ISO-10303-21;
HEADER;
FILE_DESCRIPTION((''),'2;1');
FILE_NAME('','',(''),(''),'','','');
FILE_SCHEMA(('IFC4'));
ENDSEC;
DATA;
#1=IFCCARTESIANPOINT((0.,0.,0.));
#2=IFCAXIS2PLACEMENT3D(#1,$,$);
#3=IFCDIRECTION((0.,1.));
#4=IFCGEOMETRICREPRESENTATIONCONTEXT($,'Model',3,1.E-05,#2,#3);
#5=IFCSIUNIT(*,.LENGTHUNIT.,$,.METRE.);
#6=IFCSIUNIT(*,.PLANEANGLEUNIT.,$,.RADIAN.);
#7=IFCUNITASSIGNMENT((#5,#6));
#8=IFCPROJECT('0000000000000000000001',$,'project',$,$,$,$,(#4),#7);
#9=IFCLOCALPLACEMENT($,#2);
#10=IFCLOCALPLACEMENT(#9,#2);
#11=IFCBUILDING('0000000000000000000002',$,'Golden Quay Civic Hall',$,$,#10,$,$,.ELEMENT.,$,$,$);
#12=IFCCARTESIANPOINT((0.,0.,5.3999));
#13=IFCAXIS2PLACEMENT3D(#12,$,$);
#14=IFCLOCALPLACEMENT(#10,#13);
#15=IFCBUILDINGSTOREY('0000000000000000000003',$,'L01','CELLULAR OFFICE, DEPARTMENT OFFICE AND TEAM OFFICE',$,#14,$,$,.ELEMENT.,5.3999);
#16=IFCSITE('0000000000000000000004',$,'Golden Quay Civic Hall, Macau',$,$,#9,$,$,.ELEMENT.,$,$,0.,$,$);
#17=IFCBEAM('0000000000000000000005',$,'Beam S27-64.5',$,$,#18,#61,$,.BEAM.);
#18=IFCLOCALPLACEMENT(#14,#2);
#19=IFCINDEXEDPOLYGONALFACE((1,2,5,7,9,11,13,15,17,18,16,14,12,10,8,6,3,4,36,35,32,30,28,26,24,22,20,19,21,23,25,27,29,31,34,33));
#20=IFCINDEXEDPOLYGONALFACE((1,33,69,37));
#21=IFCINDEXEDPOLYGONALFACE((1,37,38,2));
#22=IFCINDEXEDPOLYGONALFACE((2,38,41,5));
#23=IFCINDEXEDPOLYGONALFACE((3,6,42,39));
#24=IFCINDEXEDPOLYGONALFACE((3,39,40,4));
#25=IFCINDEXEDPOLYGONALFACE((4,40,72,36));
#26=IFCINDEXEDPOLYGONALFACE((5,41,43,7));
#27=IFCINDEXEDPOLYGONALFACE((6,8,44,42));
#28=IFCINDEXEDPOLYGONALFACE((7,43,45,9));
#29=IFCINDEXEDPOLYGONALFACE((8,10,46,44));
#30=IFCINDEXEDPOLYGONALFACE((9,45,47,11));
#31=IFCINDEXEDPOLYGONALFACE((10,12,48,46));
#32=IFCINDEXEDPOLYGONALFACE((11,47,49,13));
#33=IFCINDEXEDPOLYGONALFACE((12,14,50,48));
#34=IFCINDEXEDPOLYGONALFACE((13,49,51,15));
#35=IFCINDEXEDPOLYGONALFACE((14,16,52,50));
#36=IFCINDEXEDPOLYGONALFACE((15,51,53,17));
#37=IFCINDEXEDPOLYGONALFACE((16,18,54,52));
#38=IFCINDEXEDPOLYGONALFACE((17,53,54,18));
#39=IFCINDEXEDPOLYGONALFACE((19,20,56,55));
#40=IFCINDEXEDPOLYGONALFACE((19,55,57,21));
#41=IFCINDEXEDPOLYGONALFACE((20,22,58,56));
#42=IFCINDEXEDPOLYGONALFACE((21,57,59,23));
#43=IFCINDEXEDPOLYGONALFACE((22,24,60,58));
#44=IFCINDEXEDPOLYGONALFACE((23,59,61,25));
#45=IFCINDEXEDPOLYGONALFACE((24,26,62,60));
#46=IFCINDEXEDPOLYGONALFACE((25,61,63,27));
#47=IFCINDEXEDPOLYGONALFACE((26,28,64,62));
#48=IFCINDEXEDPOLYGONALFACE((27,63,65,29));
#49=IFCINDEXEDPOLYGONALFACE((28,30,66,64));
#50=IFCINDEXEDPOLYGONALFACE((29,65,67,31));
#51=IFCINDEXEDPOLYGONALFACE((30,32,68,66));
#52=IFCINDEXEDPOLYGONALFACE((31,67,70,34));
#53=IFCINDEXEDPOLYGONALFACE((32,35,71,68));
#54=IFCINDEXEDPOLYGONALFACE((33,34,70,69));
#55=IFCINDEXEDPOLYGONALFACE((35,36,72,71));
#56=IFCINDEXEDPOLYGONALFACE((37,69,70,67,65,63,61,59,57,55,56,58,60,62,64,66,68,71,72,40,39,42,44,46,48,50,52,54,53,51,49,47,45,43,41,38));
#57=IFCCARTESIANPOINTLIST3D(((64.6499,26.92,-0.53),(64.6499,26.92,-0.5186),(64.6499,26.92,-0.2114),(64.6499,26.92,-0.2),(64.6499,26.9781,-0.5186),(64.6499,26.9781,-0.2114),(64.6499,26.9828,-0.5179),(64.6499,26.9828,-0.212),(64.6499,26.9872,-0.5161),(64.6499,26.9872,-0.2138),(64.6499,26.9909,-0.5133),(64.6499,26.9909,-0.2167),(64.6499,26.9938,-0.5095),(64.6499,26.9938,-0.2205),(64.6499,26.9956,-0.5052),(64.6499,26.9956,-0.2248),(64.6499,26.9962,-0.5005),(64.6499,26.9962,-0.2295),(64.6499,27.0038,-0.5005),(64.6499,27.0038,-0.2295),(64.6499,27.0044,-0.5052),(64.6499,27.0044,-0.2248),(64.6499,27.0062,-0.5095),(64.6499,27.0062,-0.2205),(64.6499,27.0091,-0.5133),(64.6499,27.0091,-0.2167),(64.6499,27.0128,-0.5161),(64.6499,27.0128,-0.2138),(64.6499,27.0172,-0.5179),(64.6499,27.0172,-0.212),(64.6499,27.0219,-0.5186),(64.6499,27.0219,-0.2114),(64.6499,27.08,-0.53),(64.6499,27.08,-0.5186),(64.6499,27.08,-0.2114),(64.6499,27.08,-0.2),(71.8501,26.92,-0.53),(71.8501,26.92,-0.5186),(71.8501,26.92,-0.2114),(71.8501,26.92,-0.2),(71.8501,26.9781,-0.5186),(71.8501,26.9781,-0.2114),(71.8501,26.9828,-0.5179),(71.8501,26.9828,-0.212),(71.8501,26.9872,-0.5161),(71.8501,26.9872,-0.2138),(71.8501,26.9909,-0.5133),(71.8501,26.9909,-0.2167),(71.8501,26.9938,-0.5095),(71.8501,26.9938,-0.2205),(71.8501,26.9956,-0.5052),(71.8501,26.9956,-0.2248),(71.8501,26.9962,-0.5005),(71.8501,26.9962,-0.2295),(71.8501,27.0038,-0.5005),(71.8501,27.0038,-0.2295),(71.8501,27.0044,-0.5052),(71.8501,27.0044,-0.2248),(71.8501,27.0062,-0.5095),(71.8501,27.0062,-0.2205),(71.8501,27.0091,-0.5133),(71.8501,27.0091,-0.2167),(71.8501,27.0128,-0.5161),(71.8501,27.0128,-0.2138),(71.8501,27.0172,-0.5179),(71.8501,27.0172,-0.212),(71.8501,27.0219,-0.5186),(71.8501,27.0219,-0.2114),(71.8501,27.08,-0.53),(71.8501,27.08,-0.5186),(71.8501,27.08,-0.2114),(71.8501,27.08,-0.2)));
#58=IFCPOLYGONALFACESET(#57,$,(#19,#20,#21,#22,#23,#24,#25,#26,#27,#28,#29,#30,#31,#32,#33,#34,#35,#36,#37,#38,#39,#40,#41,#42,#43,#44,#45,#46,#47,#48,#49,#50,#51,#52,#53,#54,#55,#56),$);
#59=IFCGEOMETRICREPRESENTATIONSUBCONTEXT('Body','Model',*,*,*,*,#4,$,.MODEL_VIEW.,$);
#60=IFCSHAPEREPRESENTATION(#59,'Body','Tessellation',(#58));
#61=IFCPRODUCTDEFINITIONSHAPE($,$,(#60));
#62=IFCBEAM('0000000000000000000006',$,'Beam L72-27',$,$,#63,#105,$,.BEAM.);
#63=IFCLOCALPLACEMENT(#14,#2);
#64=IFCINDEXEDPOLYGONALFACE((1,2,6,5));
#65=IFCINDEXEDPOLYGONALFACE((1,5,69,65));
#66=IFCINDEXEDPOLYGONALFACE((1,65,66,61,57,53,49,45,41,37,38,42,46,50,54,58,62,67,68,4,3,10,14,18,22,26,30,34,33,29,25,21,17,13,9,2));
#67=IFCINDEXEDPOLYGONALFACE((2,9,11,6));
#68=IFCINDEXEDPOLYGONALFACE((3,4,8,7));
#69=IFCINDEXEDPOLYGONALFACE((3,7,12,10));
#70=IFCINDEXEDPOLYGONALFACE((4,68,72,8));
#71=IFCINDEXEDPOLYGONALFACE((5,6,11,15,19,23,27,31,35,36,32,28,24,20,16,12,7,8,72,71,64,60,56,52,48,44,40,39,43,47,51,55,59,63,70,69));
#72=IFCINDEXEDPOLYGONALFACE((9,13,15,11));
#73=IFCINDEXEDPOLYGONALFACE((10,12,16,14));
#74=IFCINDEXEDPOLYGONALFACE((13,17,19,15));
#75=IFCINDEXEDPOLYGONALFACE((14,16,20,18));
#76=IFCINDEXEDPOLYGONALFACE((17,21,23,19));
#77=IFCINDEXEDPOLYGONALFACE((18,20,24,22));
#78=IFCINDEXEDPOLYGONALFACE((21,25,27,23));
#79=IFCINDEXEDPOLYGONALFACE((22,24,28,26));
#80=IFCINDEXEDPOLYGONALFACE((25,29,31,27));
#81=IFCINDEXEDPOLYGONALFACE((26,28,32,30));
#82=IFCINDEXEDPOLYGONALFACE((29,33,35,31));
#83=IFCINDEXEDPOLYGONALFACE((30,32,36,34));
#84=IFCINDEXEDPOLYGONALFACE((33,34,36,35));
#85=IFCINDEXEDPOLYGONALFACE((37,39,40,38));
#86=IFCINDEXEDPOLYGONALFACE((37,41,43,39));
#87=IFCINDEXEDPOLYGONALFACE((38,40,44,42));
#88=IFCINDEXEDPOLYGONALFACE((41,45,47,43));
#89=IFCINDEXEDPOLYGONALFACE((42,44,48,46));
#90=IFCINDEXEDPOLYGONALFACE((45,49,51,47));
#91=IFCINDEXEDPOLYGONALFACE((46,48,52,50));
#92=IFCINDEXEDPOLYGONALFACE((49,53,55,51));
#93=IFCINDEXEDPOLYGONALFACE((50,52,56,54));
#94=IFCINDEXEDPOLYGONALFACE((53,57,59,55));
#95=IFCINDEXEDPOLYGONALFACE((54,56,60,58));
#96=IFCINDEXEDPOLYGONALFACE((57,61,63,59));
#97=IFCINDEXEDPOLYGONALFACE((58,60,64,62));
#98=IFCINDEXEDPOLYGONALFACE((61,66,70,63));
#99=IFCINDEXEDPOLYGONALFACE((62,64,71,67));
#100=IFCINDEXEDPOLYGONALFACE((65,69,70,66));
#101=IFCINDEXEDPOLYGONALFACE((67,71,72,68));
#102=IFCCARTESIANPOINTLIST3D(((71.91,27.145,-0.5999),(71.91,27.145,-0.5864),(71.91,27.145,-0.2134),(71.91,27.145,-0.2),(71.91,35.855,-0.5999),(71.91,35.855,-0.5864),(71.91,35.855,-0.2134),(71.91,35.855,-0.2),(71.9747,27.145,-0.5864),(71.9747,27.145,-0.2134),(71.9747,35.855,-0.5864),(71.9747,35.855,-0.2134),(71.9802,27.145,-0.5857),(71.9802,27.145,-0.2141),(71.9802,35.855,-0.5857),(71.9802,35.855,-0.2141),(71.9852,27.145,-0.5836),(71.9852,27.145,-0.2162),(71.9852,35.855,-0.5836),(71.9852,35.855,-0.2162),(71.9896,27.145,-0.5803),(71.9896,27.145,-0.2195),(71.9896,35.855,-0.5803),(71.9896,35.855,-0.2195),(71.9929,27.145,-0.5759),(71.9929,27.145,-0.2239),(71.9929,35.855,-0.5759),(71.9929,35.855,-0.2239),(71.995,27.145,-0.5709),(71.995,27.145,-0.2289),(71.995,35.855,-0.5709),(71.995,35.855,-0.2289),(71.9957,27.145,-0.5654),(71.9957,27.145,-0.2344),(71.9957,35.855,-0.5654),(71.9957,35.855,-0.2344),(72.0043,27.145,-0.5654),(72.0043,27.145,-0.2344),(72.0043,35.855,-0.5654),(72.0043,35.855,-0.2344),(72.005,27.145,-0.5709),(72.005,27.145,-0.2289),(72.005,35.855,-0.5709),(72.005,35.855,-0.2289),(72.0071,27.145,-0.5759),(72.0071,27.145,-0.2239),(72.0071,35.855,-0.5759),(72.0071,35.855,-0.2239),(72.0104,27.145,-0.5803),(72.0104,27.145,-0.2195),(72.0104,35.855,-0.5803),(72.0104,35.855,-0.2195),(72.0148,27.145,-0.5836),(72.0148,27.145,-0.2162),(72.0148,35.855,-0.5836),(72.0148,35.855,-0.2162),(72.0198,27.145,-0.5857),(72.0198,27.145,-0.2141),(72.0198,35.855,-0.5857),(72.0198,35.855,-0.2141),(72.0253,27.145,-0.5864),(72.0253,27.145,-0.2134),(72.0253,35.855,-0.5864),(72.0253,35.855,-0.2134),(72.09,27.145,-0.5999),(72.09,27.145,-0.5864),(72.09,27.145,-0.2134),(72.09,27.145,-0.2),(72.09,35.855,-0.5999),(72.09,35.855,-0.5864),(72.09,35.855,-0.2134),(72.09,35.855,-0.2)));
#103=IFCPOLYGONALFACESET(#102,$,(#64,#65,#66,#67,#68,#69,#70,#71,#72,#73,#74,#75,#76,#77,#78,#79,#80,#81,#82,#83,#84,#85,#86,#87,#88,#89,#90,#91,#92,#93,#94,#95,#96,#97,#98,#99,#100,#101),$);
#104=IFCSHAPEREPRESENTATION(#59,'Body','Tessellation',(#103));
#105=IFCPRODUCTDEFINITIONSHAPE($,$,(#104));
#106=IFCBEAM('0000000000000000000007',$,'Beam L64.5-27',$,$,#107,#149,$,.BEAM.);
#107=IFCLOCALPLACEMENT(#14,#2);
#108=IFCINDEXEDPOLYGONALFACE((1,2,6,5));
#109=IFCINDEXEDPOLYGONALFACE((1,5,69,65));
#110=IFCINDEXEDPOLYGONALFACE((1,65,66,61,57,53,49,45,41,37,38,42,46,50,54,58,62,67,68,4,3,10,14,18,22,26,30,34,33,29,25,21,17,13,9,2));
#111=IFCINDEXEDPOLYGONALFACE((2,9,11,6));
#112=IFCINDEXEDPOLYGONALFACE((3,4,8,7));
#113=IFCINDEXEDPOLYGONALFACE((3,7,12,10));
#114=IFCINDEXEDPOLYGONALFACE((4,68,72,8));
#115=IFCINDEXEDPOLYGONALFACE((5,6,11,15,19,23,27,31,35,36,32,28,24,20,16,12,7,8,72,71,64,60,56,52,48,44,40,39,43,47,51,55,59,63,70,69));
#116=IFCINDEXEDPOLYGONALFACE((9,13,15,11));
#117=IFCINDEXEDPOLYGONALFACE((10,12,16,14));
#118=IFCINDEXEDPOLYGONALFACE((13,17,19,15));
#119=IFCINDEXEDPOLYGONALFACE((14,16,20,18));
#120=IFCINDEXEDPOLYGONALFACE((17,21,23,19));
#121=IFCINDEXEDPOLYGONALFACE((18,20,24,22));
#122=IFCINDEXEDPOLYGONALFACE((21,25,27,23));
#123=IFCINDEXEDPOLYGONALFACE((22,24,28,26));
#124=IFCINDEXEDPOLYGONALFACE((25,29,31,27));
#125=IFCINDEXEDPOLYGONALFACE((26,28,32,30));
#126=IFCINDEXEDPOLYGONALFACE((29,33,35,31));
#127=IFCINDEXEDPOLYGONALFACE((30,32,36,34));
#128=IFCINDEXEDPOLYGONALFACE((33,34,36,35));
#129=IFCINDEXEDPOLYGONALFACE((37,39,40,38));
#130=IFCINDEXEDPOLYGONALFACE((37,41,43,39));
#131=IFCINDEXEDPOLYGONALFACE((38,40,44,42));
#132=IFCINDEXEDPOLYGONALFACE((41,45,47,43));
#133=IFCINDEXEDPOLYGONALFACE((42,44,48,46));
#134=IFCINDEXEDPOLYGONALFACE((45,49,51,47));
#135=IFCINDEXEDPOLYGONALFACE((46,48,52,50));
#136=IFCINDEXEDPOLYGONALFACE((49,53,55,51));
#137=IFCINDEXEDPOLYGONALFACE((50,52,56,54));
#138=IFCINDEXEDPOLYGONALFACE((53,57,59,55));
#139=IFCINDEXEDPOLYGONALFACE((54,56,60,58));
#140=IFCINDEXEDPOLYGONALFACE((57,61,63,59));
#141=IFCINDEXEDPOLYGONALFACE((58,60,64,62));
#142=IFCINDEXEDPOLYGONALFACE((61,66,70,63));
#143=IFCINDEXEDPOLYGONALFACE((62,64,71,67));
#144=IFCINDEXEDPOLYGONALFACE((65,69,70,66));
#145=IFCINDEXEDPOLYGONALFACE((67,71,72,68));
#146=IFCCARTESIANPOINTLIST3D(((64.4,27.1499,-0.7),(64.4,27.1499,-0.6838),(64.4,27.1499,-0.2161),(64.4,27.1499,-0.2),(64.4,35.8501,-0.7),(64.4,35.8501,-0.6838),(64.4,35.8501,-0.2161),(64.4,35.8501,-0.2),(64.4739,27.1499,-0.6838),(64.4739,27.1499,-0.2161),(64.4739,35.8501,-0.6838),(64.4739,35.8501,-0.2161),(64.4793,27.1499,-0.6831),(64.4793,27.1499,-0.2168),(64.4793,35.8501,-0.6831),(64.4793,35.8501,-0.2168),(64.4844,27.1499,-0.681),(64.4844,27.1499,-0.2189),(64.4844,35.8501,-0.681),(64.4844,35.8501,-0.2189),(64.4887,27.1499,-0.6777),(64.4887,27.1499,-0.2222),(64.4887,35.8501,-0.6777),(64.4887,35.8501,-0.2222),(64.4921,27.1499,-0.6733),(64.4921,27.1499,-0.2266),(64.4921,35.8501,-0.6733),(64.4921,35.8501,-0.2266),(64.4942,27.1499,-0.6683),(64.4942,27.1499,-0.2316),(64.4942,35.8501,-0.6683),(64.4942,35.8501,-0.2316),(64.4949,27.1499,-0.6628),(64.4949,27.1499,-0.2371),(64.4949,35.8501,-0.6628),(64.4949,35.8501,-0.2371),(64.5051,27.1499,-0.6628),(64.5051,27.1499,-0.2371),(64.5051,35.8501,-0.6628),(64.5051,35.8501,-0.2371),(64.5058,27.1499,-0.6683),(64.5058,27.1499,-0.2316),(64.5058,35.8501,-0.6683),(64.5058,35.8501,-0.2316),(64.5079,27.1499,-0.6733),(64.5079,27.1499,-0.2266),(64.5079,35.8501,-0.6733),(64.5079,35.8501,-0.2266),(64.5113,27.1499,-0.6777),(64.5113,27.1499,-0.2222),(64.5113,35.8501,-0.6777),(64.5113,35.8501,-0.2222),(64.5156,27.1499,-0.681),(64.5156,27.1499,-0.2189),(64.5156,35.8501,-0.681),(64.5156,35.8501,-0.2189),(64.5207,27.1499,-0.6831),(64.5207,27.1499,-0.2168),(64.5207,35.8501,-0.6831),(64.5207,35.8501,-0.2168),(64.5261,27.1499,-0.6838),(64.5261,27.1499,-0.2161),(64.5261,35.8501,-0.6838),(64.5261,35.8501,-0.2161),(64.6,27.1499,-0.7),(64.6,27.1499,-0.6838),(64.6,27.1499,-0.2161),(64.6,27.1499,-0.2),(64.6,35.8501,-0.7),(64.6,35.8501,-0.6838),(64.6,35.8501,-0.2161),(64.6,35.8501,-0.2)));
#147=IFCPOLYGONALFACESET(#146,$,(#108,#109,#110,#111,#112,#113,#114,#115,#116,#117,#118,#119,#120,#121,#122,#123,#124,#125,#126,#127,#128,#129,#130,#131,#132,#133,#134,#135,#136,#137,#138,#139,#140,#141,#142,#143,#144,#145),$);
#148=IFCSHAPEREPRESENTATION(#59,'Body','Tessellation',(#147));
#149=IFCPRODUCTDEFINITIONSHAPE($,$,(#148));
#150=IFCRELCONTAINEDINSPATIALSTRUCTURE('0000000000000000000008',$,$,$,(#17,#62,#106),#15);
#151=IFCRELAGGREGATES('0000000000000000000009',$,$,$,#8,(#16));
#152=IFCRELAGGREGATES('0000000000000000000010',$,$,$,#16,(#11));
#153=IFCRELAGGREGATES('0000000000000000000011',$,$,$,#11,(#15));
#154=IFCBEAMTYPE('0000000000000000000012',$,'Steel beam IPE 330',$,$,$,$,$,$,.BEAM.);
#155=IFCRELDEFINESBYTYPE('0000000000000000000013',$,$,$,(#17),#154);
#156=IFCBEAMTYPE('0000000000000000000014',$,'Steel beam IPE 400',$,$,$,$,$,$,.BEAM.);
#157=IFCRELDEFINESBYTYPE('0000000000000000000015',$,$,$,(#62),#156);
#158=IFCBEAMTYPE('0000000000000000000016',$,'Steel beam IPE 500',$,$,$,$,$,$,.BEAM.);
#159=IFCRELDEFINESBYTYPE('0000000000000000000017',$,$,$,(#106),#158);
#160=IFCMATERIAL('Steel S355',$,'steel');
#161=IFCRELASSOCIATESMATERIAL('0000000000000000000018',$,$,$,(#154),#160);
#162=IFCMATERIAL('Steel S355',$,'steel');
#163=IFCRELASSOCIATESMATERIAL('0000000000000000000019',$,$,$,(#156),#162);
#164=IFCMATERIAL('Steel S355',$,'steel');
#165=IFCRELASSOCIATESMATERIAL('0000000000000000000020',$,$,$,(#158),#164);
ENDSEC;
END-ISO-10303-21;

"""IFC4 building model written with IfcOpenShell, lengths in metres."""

from ifc_helpers import new_model, si_unit, direction, frame, origin, origin_2d, place, context, subcontext, project, spatial, i_section, extrude, material, material_profile, profile_set, type_object, element, save


model = new_model("IFC4")

# Units and contexts
model_context = context("Model", 3, precision=1e-05, world=origin(), true_north=direction((0.0, 1.0)))
body_context = subcontext(model_context, "Body", "Model", "MODEL_VIEW")
ifc_project = project(units=[si_unit("LENGTHUNIT", "METRE"), si_unit("PLANEANGLEUNIT", "RADIAN")], contexts=[model_context])

# Site, building, storey
site_placement = place(None, origin())
site = spatial("IfcSite", under=ifc_project, at=site_placement, Name="Golden Quay Civic Hall, Macau", CompositionType="ELEMENT", RefElevation=0.0)
building_placement = place(site_placement, origin())
building = spatial("IfcBuilding", under=site, at=building_placement, Name="Golden Quay Civic Hall", CompositionType="ELEMENT")
storey_placement = place(building_placement, frame((0.0, 0.0, 5.3999)))
storey = spatial("IfcBuildingStorey", under=building, at=storey_placement, Name="L01", Description="CELLULAR OFFICE, DEPARTMENT OFFICE AND TEAM OFFICE", CompositionType="ELEMENT", Elevation=5.3999)

# Beams
ifc_material_1 = material(Name="Steel S355", Category="steel")
ifc_material_profile_1 = material_profile(ifc_material_1, i_section(OverallWidth=0.1599, OverallDepth=0.3301, WebThickness=0.0076, FlangeThickness=0.0115, FilletRadius=0.0181, at=origin_2d()), Name="IPE 330")
ifc_profile_set_1 = profile_set([ifc_material_profile_1], Name="Steel S355")
beam_type_1 = type_object("IfcBeamType", Name="Steel beam IPE 330", PredefinedType="BEAM", material=ifc_profile_set_1)
beam_1_placement = place(storey_placement, frame((64.6499, 27.0, -0.365), z_axis=(1.0, 0.0, 0.0), x_axis=(0.0, 1.0, 0.0)))
element("IfcBeam", 1, at=beam_1_placement, inside=storey, type_object=beam_type_1, Name="Beam S27-64.5", PredefinedType="BEAM", context=body_context, shape_type="SweptSolid", body=[
    extrude(i_section(OverallWidth=0.1599, OverallDepth=0.3301, WebThickness=0.0076, FlangeThickness=0.0115, FilletRadius=0.0181, at=origin_2d()), origin(), (0.0, 0.0, 1.0), 7.2002),
])
ifc_material_2 = material(Name="Steel S355", Category="steel")
ifc_material_profile_2 = material_profile(ifc_material_2, i_section(OverallWidth=0.1799, OverallDepth=0.3999, WebThickness=0.0085, FlangeThickness=0.0134, FilletRadius=0.021, at=origin_2d()), Name="IPE 400")
ifc_profile_set_2 = profile_set([ifc_material_profile_2], Name="Steel S355")
beam_type_2 = type_object("IfcBeamType", Name="Steel beam IPE 400", PredefinedType="BEAM", material=ifc_profile_set_2)
beam_2_placement = place(storey_placement, frame((72.0, 27.145, -0.3999), z_axis=(0.0, 1.0, 0.0), x_axis=(-1.0, 0.0, 0.0)))
element("IfcBeam", 2, at=beam_2_placement, inside=storey, type_object=beam_type_2, Name="Beam L72-27", PredefinedType="BEAM", context=body_context, shape_type="SweptSolid", body=[
    extrude(i_section(OverallWidth=0.1799, OverallDepth=0.3999, WebThickness=0.0085, FlangeThickness=0.0134, FilletRadius=0.021, at=origin_2d()), origin(), (0.0, 0.0, 1.0), 8.71),
])
ifc_material_3 = material(Name="Steel S355", Category="steel")
ifc_material_profile_3 = material_profile(ifc_material_3, i_section(OverallWidth=0.2, OverallDepth=0.5, WebThickness=0.0103, FlangeThickness=0.0161, FilletRadius=0.021, at=origin_2d()), Name="IPE 500")
ifc_profile_set_3 = profile_set([ifc_material_profile_3], Name="Steel S355")
beam_type_3 = type_object("IfcBeamType", Name="Steel beam IPE 500", PredefinedType="BEAM", material=ifc_profile_set_3)
beam_3_placement = place(storey_placement, frame((64.5, 27.1499, -0.45), z_axis=(0.0, 1.0, 0.0), x_axis=(-1.0, 0.0, 0.0)))
element("IfcBeam", 3, at=beam_3_placement, inside=storey, type_object=beam_type_3, Name="Beam L64.5-27", PredefinedType="BEAM", context=body_context, shape_type="SweptSolid", body=[
    extrude(i_section(OverallWidth=0.2, OverallDepth=0.5, WebThickness=0.0103, FlangeThickness=0.0161, FilletRadius=0.021, at=origin_2d()), origin(), (0.0, 0.0, 1.0), 8.7002),
])

save(model, "model.ifc")
